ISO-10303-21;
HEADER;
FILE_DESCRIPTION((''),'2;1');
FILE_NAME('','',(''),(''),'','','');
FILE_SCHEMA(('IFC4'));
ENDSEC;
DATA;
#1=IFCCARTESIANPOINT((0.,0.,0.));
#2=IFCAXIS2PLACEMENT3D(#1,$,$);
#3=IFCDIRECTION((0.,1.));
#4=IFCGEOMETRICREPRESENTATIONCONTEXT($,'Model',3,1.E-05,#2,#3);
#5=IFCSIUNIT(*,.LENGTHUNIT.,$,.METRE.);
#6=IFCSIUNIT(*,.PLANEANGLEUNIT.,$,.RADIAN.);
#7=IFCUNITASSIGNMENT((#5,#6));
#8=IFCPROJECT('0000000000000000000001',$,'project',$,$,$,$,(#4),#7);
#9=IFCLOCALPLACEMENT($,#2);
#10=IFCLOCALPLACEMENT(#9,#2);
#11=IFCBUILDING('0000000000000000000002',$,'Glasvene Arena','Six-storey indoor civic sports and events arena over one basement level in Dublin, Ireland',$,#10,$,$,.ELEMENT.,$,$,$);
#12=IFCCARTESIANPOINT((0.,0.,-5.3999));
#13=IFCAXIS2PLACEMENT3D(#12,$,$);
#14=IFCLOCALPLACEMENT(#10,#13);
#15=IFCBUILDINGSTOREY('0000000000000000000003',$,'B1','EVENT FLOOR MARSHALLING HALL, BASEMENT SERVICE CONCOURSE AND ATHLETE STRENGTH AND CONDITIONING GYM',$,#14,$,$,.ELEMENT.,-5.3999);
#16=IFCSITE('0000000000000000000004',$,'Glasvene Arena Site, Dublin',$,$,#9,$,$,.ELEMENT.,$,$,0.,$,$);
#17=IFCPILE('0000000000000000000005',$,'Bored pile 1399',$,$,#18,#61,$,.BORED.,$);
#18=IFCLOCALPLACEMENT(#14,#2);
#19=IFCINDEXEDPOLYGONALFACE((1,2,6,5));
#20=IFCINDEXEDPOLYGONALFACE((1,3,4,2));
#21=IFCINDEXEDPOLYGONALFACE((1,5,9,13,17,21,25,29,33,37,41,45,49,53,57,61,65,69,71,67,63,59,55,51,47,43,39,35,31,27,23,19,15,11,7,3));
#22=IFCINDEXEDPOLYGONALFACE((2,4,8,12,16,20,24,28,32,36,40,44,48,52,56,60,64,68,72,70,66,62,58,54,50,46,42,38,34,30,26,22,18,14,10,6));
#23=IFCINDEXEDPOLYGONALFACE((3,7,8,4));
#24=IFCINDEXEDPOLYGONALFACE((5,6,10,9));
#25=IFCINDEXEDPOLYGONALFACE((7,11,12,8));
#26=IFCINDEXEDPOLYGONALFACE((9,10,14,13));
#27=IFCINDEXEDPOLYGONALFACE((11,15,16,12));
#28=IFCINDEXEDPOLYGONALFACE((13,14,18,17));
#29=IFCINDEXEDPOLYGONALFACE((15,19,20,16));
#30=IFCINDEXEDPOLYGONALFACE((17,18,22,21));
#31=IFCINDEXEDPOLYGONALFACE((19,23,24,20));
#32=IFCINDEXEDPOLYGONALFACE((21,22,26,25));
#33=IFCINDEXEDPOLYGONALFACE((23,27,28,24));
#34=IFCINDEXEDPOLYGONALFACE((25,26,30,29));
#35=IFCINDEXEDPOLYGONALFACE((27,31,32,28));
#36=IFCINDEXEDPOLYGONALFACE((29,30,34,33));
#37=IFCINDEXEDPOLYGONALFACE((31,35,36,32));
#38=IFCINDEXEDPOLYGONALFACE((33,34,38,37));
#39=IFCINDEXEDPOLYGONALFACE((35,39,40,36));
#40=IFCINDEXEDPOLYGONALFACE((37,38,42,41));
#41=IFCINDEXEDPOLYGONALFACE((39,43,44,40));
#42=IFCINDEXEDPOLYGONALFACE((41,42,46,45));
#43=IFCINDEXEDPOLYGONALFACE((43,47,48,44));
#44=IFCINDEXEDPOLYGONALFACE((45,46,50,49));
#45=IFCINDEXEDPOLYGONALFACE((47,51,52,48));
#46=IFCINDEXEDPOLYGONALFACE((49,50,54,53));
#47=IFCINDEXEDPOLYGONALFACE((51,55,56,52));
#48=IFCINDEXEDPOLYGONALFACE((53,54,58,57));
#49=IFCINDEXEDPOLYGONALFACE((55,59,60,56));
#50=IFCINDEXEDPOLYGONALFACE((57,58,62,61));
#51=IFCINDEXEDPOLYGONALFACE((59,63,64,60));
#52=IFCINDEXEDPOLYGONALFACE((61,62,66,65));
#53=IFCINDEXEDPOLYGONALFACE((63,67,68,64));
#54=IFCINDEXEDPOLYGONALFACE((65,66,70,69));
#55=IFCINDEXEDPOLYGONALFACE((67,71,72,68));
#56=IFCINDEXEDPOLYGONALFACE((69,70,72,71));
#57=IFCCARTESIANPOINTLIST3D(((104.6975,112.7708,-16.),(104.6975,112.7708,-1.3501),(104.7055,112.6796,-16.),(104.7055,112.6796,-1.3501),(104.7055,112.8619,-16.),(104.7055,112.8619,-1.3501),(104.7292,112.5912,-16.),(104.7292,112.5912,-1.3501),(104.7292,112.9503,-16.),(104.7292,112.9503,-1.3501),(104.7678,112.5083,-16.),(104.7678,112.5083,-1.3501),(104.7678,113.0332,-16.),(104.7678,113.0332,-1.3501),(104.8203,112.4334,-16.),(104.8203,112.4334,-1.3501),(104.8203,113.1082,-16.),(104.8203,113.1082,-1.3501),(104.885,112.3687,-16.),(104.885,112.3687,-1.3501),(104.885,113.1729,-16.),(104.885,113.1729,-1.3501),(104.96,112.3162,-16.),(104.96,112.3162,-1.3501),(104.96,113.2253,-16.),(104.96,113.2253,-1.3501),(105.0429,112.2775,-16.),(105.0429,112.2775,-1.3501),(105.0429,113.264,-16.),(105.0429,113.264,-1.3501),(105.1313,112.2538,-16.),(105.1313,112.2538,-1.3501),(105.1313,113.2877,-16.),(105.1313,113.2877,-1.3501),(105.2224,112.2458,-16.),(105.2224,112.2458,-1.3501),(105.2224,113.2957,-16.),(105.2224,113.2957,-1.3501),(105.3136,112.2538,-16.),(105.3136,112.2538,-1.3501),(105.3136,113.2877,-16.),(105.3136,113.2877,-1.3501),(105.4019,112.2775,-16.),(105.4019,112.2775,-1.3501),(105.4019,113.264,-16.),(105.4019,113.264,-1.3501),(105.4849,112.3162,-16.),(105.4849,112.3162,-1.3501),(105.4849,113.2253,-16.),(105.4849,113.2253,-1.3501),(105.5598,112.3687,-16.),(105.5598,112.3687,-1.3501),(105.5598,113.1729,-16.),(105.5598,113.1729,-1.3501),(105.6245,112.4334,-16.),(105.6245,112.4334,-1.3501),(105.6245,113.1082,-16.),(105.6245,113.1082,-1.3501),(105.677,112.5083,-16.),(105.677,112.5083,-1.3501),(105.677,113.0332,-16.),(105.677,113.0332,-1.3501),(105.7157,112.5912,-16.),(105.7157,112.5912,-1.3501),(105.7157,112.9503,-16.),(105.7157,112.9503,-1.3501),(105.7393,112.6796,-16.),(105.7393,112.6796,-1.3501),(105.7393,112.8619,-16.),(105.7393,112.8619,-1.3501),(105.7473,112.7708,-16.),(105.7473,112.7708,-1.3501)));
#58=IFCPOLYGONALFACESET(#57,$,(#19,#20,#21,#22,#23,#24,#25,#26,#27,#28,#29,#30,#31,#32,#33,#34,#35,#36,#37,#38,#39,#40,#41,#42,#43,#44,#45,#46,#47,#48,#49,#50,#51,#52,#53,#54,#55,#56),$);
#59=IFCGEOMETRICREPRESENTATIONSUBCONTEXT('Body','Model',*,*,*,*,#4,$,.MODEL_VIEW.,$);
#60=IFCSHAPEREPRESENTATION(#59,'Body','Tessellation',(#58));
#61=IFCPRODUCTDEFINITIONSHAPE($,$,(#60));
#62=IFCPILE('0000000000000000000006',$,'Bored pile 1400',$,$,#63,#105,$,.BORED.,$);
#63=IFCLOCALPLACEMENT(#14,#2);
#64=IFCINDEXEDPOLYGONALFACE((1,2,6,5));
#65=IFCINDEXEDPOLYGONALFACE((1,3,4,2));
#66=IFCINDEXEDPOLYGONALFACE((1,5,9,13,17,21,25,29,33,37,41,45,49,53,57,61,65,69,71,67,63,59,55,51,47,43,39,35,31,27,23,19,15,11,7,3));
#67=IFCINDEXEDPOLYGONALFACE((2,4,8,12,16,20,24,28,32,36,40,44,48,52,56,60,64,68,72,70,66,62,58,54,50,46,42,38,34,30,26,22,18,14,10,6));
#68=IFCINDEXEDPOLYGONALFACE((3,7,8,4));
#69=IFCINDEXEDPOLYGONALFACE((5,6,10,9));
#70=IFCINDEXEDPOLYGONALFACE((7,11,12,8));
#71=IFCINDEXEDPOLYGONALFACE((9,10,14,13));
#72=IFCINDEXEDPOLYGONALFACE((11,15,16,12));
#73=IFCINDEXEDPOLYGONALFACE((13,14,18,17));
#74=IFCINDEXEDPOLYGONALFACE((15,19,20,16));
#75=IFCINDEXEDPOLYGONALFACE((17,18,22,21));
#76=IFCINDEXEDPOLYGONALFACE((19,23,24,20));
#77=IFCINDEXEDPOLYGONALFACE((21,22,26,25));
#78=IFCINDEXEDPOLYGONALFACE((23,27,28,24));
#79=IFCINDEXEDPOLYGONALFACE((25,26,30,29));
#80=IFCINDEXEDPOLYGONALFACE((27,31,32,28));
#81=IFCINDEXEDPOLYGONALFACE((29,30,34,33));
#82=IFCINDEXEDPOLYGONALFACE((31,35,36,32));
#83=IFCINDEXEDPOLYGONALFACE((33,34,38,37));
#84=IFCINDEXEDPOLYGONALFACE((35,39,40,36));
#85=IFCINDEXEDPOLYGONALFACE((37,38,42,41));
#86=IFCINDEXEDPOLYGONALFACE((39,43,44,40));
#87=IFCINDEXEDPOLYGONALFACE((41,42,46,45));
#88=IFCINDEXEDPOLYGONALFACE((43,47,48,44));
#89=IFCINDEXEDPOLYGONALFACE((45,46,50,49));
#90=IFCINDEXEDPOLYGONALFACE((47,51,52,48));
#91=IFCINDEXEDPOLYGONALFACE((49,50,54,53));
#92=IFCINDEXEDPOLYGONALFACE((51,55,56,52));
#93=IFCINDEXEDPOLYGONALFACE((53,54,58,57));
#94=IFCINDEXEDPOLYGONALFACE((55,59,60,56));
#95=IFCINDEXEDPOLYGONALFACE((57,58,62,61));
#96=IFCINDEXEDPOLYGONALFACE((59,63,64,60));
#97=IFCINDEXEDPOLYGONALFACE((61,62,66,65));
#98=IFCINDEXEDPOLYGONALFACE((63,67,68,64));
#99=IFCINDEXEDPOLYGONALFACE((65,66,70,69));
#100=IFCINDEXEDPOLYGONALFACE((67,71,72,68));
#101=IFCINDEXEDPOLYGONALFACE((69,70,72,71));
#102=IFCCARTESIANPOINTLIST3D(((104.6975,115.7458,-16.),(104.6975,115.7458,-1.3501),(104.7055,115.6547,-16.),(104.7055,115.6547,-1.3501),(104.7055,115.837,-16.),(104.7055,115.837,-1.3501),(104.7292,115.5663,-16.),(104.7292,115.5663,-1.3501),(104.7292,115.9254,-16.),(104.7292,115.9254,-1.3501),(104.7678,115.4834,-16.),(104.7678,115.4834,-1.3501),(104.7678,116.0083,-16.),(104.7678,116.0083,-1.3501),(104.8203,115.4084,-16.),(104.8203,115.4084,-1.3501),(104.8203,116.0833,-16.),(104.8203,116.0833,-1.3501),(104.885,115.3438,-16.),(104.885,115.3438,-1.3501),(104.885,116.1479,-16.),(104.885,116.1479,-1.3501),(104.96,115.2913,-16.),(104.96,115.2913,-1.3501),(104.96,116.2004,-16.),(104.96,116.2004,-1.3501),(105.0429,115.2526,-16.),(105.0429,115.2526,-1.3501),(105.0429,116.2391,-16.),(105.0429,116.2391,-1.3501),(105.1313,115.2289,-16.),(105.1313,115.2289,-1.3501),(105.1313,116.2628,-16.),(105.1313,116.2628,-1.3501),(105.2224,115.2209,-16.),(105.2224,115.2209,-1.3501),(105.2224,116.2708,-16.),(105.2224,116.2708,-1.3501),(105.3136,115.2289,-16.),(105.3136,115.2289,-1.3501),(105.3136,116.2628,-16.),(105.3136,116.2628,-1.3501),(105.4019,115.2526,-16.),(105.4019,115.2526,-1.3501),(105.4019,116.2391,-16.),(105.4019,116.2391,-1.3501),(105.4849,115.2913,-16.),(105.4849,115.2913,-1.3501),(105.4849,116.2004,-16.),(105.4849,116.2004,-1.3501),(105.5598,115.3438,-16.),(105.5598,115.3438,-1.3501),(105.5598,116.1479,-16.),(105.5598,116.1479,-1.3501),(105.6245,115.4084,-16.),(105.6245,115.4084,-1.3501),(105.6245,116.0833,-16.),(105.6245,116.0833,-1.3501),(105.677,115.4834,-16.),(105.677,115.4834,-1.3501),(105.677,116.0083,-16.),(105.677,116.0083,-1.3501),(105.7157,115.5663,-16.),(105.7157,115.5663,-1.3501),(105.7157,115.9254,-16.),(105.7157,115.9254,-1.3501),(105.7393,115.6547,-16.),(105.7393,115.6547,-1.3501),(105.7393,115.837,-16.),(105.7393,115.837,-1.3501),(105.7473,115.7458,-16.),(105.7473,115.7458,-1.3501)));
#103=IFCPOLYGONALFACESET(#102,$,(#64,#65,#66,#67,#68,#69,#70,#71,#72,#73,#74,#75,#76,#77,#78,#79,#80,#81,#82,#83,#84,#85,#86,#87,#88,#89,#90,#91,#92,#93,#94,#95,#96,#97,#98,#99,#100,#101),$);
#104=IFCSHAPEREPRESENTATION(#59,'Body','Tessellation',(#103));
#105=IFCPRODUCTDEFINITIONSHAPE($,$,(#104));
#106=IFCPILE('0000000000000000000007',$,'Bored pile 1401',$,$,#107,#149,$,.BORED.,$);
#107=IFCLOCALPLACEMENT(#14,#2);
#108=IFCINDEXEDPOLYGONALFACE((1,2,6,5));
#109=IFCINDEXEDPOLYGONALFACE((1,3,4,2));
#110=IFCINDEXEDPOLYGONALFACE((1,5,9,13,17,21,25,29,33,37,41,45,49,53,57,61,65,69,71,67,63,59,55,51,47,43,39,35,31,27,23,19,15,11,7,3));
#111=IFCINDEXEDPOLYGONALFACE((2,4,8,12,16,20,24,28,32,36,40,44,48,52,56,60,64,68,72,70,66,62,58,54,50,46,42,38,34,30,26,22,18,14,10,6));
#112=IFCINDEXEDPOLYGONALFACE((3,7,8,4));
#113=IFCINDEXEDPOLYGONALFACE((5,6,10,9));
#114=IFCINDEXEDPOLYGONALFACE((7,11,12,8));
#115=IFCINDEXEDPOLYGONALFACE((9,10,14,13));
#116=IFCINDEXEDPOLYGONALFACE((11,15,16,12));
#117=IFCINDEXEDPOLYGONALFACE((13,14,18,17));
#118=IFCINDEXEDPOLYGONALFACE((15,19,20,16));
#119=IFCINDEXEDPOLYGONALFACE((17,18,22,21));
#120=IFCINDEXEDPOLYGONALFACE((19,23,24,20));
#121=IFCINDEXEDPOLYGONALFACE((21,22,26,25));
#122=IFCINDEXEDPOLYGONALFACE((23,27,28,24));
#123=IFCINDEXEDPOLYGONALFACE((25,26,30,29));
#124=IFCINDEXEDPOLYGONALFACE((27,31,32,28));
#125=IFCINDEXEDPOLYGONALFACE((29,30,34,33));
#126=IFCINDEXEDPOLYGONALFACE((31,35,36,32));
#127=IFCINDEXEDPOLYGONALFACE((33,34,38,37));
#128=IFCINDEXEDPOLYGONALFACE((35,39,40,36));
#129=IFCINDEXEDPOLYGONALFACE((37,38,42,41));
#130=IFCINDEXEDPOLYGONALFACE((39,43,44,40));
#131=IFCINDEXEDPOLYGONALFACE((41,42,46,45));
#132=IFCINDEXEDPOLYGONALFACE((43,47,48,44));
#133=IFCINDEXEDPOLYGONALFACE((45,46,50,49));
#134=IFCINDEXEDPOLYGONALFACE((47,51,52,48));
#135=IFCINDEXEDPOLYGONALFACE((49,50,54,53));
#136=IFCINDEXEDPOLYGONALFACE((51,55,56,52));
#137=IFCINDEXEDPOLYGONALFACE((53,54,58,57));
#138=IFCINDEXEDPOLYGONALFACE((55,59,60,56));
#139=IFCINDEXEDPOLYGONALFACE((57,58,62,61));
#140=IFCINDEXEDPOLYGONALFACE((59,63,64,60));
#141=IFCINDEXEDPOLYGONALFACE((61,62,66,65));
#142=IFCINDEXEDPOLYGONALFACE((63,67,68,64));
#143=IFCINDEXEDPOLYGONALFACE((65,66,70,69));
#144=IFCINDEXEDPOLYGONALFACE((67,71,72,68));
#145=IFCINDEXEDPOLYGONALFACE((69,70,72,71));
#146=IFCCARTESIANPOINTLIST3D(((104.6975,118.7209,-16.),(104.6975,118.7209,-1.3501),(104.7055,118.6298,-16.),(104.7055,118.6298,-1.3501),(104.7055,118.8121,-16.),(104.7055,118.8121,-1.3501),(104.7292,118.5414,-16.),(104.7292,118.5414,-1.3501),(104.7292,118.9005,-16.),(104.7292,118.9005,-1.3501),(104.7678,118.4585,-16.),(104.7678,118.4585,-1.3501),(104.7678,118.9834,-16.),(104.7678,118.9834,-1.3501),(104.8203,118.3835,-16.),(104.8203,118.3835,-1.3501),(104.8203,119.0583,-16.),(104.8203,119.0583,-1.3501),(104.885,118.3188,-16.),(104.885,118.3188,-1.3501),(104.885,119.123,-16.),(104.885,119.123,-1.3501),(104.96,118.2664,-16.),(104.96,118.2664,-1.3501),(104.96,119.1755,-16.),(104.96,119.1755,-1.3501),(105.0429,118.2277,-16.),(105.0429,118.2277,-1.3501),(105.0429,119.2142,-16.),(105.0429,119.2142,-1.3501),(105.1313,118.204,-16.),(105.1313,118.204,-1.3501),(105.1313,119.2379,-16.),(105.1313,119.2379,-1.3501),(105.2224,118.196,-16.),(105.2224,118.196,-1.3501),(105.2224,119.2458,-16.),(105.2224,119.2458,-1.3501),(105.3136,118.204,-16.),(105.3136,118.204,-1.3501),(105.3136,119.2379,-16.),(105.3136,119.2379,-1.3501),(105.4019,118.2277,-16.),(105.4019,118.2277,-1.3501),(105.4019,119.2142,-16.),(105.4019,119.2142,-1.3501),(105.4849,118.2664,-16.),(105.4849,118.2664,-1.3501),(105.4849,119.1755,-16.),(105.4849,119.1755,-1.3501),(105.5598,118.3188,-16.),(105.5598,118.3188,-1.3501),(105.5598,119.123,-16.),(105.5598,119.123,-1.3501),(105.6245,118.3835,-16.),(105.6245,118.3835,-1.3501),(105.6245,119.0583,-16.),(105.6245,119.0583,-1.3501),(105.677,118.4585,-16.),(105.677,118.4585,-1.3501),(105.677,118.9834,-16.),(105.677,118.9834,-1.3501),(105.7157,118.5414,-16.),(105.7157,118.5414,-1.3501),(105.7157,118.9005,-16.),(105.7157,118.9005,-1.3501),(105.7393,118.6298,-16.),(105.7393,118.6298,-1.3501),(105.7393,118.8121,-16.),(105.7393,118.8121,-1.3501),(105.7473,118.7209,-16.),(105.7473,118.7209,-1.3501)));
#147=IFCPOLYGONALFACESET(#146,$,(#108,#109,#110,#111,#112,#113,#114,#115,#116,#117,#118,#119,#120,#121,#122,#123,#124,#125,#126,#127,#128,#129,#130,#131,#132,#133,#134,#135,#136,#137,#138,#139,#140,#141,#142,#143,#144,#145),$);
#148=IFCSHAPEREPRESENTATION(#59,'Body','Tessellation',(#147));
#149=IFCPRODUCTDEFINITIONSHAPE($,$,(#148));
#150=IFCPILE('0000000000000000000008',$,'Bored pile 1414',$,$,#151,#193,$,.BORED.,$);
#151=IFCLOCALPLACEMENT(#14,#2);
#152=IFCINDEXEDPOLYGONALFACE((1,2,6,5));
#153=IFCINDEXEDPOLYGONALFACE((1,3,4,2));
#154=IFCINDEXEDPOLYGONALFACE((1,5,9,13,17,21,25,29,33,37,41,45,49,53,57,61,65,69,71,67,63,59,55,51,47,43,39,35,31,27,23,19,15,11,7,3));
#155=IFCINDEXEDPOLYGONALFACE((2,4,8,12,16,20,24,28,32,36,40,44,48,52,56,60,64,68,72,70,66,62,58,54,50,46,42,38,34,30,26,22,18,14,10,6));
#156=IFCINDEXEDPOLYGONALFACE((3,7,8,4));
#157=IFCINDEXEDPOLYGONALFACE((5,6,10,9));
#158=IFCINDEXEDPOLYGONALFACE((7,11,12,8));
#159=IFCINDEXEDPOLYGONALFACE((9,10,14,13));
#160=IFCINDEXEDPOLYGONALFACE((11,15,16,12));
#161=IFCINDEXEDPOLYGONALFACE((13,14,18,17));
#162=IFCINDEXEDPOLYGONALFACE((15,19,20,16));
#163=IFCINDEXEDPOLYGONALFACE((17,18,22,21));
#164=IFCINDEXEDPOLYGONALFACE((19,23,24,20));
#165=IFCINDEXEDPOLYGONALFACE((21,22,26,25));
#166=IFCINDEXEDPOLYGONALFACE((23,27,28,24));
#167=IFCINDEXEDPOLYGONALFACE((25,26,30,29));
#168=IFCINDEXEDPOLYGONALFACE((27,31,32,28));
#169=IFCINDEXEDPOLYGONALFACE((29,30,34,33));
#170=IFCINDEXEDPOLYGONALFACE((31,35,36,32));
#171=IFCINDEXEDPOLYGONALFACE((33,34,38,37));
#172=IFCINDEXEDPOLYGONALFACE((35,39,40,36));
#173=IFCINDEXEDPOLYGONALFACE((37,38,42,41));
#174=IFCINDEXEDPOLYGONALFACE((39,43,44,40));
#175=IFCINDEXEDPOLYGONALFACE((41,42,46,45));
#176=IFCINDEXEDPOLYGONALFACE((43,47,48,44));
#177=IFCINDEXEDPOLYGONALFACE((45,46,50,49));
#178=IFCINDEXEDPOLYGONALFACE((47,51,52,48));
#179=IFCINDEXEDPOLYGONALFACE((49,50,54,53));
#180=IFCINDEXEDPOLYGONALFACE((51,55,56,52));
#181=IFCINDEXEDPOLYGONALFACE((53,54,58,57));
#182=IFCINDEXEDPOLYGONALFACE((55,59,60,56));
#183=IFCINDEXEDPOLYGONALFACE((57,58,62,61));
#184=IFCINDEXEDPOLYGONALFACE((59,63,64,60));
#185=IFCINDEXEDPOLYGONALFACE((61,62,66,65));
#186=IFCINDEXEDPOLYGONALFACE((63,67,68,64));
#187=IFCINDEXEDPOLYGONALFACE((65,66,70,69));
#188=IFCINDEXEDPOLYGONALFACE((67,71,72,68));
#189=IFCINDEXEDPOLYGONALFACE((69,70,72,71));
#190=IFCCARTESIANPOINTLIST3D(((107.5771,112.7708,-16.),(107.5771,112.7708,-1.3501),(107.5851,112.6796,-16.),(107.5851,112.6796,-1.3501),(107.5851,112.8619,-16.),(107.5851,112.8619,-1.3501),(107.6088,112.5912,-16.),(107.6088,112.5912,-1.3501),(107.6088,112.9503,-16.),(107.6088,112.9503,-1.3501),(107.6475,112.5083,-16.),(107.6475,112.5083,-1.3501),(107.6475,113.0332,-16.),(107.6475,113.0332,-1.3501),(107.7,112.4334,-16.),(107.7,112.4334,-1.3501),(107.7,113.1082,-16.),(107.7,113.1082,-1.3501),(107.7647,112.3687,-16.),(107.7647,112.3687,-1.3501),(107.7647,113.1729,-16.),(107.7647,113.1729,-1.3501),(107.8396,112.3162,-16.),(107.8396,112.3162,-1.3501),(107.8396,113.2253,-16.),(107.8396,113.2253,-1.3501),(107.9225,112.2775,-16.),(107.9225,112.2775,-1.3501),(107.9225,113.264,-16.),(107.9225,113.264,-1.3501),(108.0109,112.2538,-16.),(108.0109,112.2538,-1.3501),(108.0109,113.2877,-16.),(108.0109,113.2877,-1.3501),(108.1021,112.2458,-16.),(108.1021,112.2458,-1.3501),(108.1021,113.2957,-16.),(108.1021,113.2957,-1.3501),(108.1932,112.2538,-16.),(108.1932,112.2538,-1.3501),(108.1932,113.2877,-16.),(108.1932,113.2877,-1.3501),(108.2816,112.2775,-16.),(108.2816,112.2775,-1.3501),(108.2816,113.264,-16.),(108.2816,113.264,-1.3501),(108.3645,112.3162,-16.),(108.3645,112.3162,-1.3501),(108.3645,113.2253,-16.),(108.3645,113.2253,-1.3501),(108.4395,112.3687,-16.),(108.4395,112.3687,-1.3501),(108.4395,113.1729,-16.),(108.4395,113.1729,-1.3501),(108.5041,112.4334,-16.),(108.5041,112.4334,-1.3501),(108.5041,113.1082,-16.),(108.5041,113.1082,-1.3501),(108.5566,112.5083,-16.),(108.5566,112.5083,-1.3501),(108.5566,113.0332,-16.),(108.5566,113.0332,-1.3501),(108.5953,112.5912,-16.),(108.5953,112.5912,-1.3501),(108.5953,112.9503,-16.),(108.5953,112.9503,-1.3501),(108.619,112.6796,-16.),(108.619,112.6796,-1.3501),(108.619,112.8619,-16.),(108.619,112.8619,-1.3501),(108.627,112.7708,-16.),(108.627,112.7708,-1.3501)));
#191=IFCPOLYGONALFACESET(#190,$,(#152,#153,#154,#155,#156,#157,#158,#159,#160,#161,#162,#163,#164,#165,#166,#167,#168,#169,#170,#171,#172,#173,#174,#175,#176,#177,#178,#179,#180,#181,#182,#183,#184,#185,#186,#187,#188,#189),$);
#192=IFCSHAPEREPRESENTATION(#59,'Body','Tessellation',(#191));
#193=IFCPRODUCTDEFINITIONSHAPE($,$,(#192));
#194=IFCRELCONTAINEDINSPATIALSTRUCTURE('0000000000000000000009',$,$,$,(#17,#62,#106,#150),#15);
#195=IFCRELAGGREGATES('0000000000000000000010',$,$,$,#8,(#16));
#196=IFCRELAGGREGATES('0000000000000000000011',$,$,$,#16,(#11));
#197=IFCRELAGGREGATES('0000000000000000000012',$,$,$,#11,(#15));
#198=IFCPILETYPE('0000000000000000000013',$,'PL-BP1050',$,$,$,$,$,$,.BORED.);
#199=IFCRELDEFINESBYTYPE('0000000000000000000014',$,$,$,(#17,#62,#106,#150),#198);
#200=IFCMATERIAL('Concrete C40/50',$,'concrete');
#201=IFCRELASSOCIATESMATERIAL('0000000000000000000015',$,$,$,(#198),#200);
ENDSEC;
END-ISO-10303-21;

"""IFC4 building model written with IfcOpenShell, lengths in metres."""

from ifc_helpers import new_model, si_unit, direction, frame, origin, origin_2d, place, context, subcontext, project, spatial, circle, extrude, material, material_profile, profile_set, type_object, element, save


model = new_model("IFC4")

# Units and contexts
model_context = context("Model", 3, precision=1e-05, world=origin(), true_north=direction((0.0, 1.0)))
body_context = subcontext(model_context, "Body", "Model", "MODEL_VIEW")
ifc_project = project(units=[si_unit("LENGTHUNIT", "METRE"), si_unit("PLANEANGLEUNIT", "RADIAN")], contexts=[model_context])

# Site, building, storey
site_placement = place(None, origin())
site = spatial("IfcSite", under=ifc_project, at=site_placement, Name="Glasvene Arena Site, Dublin", CompositionType="ELEMENT", RefElevation=0.0)
building_placement = place(site_placement, origin())
building = spatial("IfcBuilding", under=site, at=building_placement, Name="Glasvene Arena", Description="Six-storey indoor civic sports and events arena over one basement level in Dublin, Ireland", CompositionType="ELEMENT")
storey_placement = place(building_placement, frame((0.0, 0.0, -5.3999)))
storey = spatial("IfcBuildingStorey", under=building, at=storey_placement, Name="B1", Description="EVENT FLOOR MARSHALLING HALL, BASEMENT SERVICE CONCOURSE AND ATHLETE STRENGTH AND CONDITIONING GYM", CompositionType="ELEMENT", Elevation=-5.3999)

# Piles
ifc_material_1 = material(Name="Concrete C40/50", Category="concrete")
ifc_material_profile_1 = material_profile(ifc_material_1, circle(Radius=0.5249, at=origin_2d()), Name="BORED PILE 1050")
ifc_profile_set_1 = profile_set([ifc_material_profile_1], Name="Concrete C40/50")
pile_type = type_object("IfcPileType", Name="PL-BP1050", PredefinedType="BORED", material=ifc_profile_set_1)
for number, where, z_axis, x_axis, name in (
    (1, (105.2224, 112.7708, -1.3501), (0.0, 0.0, -1.0), (1.0, 0.0, 0.0), "Bored pile 1399"),
    (2, (105.2224, 115.7458, -1.3501), (0.0, 0.0, -1.0), (1.0, 0.0, 0.0), "Bored pile 1400"),
    (3, (105.2224, 118.7209, -1.3501), (0.0, 0.0, -1.0), (1.0, 0.0, 0.0), "Bored pile 1401"),
    (4, (108.1021, 112.7708, -1.3501), (0.0, 0.0, -1.0), (1.0, 0.0, 0.0), "Bored pile 1414"),
):
    element("IfcPile", number, at=place(storey_placement, frame(where, z_axis=z_axis, x_axis=x_axis)), inside=storey, type_object=pile_type, Name=name, PredefinedType="BORED", context=body_context, shape_type="SweptSolid", body=[
        extrude(circle(Radius=0.5249, at=origin_2d()), origin(), (0.0, 0.0, 1.0), 14.6499),
    ])

save(model, "model.ifc")
